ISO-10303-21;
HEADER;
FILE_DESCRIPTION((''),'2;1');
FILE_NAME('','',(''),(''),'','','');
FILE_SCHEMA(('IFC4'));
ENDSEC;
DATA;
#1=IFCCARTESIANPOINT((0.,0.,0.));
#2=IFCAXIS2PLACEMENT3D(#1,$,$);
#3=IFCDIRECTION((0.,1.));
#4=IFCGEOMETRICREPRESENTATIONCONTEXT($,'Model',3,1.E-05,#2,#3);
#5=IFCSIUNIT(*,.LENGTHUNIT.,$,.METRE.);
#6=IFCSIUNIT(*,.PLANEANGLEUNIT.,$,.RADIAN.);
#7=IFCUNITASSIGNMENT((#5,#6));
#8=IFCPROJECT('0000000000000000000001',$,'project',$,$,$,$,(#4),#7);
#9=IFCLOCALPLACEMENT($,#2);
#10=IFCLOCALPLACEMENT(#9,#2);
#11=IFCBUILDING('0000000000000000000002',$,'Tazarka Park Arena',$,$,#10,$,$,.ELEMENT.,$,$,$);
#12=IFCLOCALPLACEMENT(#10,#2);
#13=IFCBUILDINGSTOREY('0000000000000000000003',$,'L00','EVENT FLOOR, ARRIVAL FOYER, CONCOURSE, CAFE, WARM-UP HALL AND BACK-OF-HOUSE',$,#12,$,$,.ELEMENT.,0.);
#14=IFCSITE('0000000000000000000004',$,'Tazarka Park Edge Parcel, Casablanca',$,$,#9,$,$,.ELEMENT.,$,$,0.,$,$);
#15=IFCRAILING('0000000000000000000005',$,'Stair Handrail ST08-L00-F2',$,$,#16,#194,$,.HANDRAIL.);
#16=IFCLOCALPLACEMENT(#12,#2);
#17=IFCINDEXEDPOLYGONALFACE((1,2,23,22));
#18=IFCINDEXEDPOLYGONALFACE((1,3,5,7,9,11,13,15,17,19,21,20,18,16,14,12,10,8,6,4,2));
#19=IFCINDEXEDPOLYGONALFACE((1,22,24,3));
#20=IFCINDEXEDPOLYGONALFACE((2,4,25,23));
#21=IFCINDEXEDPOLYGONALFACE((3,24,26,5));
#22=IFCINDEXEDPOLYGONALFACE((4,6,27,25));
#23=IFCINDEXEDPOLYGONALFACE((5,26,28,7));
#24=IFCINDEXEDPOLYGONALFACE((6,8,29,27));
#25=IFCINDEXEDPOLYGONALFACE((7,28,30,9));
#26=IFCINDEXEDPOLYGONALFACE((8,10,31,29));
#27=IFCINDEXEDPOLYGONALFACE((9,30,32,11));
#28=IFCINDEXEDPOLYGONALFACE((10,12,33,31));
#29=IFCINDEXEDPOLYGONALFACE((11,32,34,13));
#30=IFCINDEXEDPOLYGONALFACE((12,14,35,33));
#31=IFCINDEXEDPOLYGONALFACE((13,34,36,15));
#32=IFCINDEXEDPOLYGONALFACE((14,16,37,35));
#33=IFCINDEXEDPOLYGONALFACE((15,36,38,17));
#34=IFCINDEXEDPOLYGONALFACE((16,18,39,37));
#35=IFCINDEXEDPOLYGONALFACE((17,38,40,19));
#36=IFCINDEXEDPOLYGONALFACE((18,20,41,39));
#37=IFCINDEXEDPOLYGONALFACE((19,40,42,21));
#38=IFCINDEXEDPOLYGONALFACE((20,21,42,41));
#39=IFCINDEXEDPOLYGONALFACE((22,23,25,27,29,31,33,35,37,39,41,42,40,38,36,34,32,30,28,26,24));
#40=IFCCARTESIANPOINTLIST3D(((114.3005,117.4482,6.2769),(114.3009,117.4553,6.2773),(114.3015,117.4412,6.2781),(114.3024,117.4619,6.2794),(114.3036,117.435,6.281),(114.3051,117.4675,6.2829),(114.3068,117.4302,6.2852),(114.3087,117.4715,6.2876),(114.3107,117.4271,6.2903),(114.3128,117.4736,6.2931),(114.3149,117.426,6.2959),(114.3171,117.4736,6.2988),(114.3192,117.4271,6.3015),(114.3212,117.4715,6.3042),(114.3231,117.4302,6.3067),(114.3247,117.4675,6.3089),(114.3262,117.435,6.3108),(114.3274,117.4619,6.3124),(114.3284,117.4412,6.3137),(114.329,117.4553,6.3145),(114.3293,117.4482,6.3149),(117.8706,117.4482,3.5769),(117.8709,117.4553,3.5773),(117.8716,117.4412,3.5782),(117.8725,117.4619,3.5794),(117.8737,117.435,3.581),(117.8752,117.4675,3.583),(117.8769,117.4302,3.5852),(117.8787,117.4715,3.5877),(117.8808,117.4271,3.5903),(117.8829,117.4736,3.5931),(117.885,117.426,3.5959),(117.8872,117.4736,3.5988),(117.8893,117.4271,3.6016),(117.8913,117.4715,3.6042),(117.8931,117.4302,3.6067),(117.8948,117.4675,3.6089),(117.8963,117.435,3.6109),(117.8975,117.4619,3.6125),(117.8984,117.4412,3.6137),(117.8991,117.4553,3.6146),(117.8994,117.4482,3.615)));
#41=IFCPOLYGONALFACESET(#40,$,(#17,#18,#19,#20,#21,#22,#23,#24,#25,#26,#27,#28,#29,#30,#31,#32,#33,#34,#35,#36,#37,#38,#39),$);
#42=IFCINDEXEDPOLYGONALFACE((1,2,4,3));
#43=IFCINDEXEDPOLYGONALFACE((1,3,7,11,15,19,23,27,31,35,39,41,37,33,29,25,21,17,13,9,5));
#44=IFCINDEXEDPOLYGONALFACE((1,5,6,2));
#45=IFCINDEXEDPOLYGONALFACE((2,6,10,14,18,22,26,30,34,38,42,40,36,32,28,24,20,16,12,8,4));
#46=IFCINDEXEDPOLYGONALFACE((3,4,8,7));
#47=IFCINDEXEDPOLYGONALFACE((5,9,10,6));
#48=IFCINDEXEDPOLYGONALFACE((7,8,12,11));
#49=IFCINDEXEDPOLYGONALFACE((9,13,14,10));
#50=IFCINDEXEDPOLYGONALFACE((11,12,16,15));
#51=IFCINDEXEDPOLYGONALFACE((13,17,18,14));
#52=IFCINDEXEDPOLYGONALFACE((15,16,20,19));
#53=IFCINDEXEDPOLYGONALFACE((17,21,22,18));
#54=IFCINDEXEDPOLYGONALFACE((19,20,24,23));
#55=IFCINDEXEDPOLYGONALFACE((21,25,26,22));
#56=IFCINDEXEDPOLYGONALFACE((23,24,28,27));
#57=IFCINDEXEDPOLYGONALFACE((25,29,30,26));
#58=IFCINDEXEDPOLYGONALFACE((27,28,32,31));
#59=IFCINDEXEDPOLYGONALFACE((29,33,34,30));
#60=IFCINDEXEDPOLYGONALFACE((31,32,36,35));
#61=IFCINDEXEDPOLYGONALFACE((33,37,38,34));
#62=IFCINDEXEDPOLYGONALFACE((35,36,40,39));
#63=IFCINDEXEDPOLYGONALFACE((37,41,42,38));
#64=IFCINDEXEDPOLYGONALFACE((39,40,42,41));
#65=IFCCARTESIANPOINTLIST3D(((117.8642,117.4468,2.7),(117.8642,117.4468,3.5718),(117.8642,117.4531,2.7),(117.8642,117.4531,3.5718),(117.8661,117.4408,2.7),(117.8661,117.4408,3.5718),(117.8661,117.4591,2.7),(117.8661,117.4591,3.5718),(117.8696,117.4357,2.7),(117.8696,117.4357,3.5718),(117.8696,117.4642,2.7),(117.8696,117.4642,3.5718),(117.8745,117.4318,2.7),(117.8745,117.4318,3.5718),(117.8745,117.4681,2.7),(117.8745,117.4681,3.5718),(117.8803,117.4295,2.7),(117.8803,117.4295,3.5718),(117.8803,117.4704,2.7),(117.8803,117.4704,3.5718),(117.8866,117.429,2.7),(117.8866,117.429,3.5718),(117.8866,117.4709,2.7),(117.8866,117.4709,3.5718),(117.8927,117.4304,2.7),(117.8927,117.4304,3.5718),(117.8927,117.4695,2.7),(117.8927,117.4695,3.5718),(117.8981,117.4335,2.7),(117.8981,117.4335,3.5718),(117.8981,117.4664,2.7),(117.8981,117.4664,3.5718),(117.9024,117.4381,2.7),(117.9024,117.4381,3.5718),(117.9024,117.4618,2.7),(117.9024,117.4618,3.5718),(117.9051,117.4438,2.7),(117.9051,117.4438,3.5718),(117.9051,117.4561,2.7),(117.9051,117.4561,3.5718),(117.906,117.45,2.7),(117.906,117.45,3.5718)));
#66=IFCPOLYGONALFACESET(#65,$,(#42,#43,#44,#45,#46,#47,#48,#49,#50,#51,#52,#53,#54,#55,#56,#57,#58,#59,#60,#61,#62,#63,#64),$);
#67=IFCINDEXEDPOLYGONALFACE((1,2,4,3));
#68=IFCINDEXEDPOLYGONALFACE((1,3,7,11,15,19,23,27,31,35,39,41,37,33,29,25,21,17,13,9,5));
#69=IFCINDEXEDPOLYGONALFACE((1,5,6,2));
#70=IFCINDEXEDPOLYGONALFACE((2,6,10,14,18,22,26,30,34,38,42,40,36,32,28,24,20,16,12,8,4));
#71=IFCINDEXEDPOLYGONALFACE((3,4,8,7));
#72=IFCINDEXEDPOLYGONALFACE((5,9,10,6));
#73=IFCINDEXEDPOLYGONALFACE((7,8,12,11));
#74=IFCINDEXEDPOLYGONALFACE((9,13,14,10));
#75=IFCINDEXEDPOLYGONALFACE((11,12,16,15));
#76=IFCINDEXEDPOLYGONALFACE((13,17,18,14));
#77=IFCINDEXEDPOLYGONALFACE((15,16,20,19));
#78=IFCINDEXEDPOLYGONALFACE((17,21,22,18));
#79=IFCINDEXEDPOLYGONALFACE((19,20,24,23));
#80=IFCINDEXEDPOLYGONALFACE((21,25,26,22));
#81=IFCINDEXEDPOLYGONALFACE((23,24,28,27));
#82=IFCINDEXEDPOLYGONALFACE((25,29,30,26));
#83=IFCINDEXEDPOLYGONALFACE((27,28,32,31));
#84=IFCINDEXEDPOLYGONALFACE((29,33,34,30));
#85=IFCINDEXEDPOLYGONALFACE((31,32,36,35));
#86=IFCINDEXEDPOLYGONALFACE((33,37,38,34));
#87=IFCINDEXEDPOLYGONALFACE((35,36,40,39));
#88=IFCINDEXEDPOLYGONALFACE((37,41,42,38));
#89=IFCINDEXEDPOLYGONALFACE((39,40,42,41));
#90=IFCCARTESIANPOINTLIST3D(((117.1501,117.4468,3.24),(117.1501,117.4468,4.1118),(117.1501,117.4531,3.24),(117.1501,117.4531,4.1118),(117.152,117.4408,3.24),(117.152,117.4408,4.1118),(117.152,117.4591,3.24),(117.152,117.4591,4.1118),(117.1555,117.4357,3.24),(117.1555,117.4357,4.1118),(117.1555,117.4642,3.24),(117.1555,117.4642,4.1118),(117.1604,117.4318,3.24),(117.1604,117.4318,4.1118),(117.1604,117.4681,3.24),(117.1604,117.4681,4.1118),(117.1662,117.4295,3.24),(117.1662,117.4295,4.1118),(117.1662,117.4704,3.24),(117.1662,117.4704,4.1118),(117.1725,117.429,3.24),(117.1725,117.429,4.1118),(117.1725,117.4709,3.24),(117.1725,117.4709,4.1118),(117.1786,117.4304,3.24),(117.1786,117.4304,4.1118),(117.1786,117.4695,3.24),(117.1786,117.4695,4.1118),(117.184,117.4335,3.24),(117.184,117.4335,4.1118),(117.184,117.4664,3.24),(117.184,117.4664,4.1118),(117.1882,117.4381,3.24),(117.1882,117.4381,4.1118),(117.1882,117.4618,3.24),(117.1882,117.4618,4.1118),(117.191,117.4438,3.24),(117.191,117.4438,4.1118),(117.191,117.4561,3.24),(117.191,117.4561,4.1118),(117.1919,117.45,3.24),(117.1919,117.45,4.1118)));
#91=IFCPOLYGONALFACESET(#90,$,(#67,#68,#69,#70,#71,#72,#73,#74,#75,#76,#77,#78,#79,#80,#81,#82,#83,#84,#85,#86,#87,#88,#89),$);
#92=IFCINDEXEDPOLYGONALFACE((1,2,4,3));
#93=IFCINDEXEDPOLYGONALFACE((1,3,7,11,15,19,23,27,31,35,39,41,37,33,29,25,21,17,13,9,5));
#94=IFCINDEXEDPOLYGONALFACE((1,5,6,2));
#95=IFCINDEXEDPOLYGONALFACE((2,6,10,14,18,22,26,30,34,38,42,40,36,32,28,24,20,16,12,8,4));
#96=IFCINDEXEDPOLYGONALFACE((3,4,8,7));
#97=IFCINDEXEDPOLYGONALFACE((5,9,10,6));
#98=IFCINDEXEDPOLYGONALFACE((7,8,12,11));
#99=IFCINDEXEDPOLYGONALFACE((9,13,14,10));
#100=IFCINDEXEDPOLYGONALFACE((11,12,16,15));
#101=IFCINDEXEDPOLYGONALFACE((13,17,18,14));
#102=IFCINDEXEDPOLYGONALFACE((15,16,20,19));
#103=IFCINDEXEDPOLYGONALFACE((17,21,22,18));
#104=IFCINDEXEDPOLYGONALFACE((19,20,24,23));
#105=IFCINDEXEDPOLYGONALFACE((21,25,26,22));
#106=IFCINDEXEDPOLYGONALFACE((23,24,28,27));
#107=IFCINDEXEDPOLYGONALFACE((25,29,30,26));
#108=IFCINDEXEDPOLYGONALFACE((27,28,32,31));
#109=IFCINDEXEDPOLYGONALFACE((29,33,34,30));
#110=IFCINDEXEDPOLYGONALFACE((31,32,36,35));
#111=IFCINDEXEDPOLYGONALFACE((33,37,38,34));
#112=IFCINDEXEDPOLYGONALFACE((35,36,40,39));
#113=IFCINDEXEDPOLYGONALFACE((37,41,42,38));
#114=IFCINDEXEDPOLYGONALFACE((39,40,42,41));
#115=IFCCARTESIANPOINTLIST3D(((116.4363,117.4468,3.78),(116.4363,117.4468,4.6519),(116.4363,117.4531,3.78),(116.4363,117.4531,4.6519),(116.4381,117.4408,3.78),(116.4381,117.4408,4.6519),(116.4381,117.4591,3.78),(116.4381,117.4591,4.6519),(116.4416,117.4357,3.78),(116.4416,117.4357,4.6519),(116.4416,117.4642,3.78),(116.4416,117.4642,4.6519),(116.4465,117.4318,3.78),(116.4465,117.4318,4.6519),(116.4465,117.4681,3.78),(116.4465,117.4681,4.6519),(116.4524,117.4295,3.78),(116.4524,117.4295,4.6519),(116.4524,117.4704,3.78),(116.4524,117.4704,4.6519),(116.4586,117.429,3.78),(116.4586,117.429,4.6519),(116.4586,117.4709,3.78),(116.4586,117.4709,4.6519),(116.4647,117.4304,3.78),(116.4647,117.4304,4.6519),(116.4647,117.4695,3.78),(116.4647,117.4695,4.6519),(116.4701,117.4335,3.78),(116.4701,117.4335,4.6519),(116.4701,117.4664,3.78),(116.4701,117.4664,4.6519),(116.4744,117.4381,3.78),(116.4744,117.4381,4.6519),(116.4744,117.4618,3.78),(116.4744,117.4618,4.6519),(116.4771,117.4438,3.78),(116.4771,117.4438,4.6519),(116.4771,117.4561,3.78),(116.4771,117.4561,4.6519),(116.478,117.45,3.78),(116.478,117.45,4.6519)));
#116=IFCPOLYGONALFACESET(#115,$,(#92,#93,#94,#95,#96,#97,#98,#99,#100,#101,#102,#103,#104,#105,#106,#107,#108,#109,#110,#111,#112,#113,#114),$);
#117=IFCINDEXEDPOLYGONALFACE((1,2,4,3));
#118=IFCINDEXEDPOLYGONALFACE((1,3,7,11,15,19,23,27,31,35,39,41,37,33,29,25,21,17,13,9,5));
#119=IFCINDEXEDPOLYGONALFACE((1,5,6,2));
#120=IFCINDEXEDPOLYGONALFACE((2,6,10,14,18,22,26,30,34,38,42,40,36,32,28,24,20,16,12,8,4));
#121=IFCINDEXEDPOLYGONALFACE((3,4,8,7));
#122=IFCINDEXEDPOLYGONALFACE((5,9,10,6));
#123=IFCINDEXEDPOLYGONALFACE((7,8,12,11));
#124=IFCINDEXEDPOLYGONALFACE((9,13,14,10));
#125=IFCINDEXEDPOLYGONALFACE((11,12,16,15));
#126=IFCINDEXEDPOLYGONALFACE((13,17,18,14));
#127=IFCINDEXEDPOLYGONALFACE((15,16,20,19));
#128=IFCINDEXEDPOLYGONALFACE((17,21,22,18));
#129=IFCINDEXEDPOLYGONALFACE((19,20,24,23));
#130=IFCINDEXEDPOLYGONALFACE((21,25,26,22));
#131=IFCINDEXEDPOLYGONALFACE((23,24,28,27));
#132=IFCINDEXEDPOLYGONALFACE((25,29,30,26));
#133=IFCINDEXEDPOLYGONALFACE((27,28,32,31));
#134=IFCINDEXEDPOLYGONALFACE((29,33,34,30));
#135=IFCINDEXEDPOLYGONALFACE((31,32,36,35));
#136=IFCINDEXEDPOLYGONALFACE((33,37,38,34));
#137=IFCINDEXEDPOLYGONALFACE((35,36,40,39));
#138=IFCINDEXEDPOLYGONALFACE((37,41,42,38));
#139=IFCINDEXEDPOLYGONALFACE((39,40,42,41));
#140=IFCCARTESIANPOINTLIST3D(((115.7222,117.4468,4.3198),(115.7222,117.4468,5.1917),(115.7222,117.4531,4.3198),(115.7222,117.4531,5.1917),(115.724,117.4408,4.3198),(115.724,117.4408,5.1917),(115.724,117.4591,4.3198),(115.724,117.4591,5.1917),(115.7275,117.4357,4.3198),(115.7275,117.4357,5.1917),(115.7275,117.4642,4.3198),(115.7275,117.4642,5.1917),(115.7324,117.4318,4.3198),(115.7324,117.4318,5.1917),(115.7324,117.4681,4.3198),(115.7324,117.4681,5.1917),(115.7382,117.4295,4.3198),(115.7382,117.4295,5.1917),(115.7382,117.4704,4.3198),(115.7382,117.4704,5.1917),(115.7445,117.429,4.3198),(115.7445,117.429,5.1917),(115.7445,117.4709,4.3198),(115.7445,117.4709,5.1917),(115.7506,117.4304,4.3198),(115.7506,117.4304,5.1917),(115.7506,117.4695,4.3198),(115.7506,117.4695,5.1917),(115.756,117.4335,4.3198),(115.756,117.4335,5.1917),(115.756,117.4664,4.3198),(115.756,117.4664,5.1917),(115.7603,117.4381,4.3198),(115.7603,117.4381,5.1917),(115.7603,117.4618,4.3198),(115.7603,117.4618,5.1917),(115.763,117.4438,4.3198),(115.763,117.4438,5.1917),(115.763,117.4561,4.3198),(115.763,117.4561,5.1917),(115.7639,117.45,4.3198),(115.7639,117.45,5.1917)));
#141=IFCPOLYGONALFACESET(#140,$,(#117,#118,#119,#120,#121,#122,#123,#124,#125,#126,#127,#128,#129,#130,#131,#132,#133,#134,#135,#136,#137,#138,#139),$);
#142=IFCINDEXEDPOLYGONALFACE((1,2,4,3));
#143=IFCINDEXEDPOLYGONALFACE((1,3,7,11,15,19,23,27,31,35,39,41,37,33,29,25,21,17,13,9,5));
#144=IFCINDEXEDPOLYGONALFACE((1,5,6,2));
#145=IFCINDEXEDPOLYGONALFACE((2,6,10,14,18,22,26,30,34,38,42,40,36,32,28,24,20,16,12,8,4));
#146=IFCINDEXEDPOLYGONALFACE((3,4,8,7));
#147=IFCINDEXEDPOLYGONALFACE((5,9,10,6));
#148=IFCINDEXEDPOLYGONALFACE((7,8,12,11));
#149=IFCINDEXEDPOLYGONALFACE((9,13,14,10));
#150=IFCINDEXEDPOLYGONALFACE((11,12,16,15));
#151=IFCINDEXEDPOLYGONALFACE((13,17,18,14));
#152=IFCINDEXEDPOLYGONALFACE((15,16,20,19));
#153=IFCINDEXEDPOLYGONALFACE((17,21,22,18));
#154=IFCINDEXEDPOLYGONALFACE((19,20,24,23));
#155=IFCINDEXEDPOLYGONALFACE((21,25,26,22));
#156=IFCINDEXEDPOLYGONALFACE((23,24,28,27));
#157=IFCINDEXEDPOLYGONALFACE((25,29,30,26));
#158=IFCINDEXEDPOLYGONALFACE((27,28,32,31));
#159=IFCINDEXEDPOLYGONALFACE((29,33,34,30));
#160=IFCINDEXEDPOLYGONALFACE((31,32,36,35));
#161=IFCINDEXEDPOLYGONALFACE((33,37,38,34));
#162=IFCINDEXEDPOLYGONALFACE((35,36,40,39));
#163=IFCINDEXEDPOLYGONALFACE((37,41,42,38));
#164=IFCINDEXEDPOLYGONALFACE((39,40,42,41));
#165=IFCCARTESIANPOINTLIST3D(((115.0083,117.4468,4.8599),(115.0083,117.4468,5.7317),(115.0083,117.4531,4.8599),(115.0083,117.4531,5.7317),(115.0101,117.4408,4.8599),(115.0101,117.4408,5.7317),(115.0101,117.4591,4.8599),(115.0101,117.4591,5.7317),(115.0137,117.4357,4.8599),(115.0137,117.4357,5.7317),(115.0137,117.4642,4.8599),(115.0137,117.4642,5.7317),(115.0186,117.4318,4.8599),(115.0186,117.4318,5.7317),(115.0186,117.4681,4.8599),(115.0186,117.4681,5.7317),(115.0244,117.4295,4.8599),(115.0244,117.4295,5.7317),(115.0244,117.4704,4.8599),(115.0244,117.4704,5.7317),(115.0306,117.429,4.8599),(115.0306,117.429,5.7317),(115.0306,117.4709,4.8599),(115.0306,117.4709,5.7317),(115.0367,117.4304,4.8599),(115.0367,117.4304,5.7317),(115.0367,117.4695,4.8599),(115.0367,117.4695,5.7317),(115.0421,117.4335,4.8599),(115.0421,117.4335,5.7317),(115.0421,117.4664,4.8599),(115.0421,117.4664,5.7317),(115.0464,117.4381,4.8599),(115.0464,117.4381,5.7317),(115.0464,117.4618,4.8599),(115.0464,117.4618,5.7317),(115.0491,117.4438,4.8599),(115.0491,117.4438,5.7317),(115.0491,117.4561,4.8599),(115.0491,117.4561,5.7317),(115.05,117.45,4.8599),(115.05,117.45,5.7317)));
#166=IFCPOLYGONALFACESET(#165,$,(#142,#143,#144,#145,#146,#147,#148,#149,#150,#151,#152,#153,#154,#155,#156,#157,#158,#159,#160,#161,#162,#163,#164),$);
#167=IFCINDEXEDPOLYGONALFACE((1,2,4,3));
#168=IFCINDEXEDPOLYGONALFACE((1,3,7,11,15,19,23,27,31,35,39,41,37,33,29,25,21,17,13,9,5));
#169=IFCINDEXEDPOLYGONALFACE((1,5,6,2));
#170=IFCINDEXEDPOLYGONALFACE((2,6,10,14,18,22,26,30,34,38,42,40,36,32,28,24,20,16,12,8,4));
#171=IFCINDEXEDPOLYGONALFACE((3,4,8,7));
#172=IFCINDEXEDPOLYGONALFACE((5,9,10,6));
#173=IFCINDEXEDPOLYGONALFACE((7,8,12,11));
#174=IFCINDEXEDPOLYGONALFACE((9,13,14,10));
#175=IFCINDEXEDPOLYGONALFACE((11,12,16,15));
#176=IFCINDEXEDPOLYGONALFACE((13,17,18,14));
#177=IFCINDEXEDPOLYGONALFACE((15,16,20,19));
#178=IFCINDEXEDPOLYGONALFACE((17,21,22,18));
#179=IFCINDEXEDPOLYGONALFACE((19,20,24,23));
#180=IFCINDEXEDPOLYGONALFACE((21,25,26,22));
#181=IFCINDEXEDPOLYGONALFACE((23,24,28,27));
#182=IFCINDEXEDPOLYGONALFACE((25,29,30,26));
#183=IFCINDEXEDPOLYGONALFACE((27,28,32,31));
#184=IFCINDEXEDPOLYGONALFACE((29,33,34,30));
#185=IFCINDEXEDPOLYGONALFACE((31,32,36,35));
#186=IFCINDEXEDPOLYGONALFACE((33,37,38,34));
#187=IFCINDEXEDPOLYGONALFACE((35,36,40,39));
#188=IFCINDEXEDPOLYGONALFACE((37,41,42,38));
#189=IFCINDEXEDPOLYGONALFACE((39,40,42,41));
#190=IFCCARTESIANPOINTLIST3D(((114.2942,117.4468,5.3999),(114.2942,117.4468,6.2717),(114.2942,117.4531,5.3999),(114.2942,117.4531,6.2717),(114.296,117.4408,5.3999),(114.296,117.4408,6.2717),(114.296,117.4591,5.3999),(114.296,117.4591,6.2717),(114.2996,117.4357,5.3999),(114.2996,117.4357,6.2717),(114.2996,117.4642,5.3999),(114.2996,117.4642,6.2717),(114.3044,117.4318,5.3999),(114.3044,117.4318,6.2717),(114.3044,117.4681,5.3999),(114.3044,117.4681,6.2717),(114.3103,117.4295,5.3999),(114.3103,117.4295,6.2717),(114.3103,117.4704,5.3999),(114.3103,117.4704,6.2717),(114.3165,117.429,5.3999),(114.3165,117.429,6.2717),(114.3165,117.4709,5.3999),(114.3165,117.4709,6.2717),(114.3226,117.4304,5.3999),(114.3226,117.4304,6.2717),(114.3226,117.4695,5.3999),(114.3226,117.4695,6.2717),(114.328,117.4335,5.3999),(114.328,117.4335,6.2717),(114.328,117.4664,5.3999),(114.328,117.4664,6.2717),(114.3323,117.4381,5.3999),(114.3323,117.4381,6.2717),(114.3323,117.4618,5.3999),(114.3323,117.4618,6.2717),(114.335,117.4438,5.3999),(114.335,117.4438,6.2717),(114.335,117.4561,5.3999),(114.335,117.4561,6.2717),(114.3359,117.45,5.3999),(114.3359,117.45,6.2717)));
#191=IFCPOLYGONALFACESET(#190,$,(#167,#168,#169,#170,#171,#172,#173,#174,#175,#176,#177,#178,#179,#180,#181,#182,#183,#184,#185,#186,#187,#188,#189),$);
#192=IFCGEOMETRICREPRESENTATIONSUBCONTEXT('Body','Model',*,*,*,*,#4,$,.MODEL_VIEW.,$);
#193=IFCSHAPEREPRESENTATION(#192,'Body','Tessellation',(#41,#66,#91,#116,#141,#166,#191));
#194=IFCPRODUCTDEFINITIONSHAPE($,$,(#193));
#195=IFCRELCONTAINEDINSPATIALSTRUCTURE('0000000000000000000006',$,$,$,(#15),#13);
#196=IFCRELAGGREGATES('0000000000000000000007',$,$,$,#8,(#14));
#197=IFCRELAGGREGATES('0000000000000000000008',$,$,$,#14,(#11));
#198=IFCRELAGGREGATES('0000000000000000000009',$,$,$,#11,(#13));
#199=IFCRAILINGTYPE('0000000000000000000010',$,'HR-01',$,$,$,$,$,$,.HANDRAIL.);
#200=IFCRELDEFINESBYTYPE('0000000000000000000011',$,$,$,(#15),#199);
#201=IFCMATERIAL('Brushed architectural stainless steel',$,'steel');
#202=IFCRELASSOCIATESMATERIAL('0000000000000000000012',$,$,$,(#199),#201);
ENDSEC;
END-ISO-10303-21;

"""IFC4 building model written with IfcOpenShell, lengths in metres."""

from ifc_helpers import new_model, si_unit, direction, frame, origin, origin_2d, place, context, subcontext, project, spatial, circle, extrude, material, type_object, element, save


model = new_model("IFC4")

# Units and contexts
model_context = context("Model", 3, precision=1e-05, world=origin(), true_north=direction((0.0, 1.0)))
body_context = subcontext(model_context, "Body", "Model", "MODEL_VIEW")
ifc_project = project(units=[si_unit("LENGTHUNIT", "METRE"), si_unit("PLANEANGLEUNIT", "RADIAN")], contexts=[model_context])

# Site, building, storey
site_placement = place(None, origin())
site = spatial("IfcSite", under=ifc_project, at=site_placement, Name="Tazarka Park Edge Parcel, Casablanca", CompositionType="ELEMENT", RefElevation=0.0)
building_placement = place(site_placement, origin())
building = spatial("IfcBuilding", under=site, at=building_placement, Name="Tazarka Park Arena", CompositionType="ELEMENT")
storey_placement = place(building_placement, origin())
storey = spatial("IfcBuildingStorey", under=building, at=storey_placement, Name="L00", Description="EVENT FLOOR, ARRIVAL FOYER, CONCOURSE, CAFE, WARM-UP HALL AND BACK-OF-HOUSE", CompositionType="ELEMENT", Elevation=0.0)

# Railing
ifc_material_1 = material(Name="Brushed architectural stainless steel", Category="steel")
railing_type_1 = type_object("IfcRailingType", Name="HR-01", PredefinedType="HANDRAIL", material=ifc_material_1)
railing_1_placement = place(storey_placement, frame((117.885, 117.45, 2.7)))
element("IfcRailing", 1, at=railing_1_placement, inside=storey, type_object=railing_type_1, Name="Stair Handrail ST08-L00-F2", PredefinedType="HANDRAIL", context=body_context, shape_type="SweptSolid", body=[
    extrude(circle(Radius=0.0239, at=origin_2d()), frame((0.0, 0.0, 0.896), z_axis=(-0.797591, 0.0, 0.603198), x_axis=(0.0, -1.0, 0.0)), (0.0, 0.0, 1.0), 4.4761),
    extrude(circle(Radius=0.021, at=origin_2d()), origin(), (0.0, 0.0, 1.0), 0.8718),
    extrude(circle(Radius=0.021, at=origin_2d()), frame((-0.7141, 0.0, 0.54)), (0.0, 0.0, 1.0), 0.8718),
    extrude(circle(Radius=0.021, at=origin_2d()), frame((-1.428, 0.0, 1.0801)), (0.0, 0.0, 1.0), 0.8718),
    extrude(circle(Radius=0.021, at=origin_2d()), frame((-2.1421, 0.0, 1.6199)), (0.0, 0.0, 1.0), 0.8718),
    extrude(circle(Radius=0.021, at=origin_2d()), frame((-2.856, 0.0, 2.1599)), (0.0, 0.0, 1.0), 0.8718),
    extrude(circle(Radius=0.021, at=origin_2d()), frame((-3.5701, 0.0, 2.7)), (0.0, 0.0, 1.0), 0.8718),
])

save(model, "model.ifc")
